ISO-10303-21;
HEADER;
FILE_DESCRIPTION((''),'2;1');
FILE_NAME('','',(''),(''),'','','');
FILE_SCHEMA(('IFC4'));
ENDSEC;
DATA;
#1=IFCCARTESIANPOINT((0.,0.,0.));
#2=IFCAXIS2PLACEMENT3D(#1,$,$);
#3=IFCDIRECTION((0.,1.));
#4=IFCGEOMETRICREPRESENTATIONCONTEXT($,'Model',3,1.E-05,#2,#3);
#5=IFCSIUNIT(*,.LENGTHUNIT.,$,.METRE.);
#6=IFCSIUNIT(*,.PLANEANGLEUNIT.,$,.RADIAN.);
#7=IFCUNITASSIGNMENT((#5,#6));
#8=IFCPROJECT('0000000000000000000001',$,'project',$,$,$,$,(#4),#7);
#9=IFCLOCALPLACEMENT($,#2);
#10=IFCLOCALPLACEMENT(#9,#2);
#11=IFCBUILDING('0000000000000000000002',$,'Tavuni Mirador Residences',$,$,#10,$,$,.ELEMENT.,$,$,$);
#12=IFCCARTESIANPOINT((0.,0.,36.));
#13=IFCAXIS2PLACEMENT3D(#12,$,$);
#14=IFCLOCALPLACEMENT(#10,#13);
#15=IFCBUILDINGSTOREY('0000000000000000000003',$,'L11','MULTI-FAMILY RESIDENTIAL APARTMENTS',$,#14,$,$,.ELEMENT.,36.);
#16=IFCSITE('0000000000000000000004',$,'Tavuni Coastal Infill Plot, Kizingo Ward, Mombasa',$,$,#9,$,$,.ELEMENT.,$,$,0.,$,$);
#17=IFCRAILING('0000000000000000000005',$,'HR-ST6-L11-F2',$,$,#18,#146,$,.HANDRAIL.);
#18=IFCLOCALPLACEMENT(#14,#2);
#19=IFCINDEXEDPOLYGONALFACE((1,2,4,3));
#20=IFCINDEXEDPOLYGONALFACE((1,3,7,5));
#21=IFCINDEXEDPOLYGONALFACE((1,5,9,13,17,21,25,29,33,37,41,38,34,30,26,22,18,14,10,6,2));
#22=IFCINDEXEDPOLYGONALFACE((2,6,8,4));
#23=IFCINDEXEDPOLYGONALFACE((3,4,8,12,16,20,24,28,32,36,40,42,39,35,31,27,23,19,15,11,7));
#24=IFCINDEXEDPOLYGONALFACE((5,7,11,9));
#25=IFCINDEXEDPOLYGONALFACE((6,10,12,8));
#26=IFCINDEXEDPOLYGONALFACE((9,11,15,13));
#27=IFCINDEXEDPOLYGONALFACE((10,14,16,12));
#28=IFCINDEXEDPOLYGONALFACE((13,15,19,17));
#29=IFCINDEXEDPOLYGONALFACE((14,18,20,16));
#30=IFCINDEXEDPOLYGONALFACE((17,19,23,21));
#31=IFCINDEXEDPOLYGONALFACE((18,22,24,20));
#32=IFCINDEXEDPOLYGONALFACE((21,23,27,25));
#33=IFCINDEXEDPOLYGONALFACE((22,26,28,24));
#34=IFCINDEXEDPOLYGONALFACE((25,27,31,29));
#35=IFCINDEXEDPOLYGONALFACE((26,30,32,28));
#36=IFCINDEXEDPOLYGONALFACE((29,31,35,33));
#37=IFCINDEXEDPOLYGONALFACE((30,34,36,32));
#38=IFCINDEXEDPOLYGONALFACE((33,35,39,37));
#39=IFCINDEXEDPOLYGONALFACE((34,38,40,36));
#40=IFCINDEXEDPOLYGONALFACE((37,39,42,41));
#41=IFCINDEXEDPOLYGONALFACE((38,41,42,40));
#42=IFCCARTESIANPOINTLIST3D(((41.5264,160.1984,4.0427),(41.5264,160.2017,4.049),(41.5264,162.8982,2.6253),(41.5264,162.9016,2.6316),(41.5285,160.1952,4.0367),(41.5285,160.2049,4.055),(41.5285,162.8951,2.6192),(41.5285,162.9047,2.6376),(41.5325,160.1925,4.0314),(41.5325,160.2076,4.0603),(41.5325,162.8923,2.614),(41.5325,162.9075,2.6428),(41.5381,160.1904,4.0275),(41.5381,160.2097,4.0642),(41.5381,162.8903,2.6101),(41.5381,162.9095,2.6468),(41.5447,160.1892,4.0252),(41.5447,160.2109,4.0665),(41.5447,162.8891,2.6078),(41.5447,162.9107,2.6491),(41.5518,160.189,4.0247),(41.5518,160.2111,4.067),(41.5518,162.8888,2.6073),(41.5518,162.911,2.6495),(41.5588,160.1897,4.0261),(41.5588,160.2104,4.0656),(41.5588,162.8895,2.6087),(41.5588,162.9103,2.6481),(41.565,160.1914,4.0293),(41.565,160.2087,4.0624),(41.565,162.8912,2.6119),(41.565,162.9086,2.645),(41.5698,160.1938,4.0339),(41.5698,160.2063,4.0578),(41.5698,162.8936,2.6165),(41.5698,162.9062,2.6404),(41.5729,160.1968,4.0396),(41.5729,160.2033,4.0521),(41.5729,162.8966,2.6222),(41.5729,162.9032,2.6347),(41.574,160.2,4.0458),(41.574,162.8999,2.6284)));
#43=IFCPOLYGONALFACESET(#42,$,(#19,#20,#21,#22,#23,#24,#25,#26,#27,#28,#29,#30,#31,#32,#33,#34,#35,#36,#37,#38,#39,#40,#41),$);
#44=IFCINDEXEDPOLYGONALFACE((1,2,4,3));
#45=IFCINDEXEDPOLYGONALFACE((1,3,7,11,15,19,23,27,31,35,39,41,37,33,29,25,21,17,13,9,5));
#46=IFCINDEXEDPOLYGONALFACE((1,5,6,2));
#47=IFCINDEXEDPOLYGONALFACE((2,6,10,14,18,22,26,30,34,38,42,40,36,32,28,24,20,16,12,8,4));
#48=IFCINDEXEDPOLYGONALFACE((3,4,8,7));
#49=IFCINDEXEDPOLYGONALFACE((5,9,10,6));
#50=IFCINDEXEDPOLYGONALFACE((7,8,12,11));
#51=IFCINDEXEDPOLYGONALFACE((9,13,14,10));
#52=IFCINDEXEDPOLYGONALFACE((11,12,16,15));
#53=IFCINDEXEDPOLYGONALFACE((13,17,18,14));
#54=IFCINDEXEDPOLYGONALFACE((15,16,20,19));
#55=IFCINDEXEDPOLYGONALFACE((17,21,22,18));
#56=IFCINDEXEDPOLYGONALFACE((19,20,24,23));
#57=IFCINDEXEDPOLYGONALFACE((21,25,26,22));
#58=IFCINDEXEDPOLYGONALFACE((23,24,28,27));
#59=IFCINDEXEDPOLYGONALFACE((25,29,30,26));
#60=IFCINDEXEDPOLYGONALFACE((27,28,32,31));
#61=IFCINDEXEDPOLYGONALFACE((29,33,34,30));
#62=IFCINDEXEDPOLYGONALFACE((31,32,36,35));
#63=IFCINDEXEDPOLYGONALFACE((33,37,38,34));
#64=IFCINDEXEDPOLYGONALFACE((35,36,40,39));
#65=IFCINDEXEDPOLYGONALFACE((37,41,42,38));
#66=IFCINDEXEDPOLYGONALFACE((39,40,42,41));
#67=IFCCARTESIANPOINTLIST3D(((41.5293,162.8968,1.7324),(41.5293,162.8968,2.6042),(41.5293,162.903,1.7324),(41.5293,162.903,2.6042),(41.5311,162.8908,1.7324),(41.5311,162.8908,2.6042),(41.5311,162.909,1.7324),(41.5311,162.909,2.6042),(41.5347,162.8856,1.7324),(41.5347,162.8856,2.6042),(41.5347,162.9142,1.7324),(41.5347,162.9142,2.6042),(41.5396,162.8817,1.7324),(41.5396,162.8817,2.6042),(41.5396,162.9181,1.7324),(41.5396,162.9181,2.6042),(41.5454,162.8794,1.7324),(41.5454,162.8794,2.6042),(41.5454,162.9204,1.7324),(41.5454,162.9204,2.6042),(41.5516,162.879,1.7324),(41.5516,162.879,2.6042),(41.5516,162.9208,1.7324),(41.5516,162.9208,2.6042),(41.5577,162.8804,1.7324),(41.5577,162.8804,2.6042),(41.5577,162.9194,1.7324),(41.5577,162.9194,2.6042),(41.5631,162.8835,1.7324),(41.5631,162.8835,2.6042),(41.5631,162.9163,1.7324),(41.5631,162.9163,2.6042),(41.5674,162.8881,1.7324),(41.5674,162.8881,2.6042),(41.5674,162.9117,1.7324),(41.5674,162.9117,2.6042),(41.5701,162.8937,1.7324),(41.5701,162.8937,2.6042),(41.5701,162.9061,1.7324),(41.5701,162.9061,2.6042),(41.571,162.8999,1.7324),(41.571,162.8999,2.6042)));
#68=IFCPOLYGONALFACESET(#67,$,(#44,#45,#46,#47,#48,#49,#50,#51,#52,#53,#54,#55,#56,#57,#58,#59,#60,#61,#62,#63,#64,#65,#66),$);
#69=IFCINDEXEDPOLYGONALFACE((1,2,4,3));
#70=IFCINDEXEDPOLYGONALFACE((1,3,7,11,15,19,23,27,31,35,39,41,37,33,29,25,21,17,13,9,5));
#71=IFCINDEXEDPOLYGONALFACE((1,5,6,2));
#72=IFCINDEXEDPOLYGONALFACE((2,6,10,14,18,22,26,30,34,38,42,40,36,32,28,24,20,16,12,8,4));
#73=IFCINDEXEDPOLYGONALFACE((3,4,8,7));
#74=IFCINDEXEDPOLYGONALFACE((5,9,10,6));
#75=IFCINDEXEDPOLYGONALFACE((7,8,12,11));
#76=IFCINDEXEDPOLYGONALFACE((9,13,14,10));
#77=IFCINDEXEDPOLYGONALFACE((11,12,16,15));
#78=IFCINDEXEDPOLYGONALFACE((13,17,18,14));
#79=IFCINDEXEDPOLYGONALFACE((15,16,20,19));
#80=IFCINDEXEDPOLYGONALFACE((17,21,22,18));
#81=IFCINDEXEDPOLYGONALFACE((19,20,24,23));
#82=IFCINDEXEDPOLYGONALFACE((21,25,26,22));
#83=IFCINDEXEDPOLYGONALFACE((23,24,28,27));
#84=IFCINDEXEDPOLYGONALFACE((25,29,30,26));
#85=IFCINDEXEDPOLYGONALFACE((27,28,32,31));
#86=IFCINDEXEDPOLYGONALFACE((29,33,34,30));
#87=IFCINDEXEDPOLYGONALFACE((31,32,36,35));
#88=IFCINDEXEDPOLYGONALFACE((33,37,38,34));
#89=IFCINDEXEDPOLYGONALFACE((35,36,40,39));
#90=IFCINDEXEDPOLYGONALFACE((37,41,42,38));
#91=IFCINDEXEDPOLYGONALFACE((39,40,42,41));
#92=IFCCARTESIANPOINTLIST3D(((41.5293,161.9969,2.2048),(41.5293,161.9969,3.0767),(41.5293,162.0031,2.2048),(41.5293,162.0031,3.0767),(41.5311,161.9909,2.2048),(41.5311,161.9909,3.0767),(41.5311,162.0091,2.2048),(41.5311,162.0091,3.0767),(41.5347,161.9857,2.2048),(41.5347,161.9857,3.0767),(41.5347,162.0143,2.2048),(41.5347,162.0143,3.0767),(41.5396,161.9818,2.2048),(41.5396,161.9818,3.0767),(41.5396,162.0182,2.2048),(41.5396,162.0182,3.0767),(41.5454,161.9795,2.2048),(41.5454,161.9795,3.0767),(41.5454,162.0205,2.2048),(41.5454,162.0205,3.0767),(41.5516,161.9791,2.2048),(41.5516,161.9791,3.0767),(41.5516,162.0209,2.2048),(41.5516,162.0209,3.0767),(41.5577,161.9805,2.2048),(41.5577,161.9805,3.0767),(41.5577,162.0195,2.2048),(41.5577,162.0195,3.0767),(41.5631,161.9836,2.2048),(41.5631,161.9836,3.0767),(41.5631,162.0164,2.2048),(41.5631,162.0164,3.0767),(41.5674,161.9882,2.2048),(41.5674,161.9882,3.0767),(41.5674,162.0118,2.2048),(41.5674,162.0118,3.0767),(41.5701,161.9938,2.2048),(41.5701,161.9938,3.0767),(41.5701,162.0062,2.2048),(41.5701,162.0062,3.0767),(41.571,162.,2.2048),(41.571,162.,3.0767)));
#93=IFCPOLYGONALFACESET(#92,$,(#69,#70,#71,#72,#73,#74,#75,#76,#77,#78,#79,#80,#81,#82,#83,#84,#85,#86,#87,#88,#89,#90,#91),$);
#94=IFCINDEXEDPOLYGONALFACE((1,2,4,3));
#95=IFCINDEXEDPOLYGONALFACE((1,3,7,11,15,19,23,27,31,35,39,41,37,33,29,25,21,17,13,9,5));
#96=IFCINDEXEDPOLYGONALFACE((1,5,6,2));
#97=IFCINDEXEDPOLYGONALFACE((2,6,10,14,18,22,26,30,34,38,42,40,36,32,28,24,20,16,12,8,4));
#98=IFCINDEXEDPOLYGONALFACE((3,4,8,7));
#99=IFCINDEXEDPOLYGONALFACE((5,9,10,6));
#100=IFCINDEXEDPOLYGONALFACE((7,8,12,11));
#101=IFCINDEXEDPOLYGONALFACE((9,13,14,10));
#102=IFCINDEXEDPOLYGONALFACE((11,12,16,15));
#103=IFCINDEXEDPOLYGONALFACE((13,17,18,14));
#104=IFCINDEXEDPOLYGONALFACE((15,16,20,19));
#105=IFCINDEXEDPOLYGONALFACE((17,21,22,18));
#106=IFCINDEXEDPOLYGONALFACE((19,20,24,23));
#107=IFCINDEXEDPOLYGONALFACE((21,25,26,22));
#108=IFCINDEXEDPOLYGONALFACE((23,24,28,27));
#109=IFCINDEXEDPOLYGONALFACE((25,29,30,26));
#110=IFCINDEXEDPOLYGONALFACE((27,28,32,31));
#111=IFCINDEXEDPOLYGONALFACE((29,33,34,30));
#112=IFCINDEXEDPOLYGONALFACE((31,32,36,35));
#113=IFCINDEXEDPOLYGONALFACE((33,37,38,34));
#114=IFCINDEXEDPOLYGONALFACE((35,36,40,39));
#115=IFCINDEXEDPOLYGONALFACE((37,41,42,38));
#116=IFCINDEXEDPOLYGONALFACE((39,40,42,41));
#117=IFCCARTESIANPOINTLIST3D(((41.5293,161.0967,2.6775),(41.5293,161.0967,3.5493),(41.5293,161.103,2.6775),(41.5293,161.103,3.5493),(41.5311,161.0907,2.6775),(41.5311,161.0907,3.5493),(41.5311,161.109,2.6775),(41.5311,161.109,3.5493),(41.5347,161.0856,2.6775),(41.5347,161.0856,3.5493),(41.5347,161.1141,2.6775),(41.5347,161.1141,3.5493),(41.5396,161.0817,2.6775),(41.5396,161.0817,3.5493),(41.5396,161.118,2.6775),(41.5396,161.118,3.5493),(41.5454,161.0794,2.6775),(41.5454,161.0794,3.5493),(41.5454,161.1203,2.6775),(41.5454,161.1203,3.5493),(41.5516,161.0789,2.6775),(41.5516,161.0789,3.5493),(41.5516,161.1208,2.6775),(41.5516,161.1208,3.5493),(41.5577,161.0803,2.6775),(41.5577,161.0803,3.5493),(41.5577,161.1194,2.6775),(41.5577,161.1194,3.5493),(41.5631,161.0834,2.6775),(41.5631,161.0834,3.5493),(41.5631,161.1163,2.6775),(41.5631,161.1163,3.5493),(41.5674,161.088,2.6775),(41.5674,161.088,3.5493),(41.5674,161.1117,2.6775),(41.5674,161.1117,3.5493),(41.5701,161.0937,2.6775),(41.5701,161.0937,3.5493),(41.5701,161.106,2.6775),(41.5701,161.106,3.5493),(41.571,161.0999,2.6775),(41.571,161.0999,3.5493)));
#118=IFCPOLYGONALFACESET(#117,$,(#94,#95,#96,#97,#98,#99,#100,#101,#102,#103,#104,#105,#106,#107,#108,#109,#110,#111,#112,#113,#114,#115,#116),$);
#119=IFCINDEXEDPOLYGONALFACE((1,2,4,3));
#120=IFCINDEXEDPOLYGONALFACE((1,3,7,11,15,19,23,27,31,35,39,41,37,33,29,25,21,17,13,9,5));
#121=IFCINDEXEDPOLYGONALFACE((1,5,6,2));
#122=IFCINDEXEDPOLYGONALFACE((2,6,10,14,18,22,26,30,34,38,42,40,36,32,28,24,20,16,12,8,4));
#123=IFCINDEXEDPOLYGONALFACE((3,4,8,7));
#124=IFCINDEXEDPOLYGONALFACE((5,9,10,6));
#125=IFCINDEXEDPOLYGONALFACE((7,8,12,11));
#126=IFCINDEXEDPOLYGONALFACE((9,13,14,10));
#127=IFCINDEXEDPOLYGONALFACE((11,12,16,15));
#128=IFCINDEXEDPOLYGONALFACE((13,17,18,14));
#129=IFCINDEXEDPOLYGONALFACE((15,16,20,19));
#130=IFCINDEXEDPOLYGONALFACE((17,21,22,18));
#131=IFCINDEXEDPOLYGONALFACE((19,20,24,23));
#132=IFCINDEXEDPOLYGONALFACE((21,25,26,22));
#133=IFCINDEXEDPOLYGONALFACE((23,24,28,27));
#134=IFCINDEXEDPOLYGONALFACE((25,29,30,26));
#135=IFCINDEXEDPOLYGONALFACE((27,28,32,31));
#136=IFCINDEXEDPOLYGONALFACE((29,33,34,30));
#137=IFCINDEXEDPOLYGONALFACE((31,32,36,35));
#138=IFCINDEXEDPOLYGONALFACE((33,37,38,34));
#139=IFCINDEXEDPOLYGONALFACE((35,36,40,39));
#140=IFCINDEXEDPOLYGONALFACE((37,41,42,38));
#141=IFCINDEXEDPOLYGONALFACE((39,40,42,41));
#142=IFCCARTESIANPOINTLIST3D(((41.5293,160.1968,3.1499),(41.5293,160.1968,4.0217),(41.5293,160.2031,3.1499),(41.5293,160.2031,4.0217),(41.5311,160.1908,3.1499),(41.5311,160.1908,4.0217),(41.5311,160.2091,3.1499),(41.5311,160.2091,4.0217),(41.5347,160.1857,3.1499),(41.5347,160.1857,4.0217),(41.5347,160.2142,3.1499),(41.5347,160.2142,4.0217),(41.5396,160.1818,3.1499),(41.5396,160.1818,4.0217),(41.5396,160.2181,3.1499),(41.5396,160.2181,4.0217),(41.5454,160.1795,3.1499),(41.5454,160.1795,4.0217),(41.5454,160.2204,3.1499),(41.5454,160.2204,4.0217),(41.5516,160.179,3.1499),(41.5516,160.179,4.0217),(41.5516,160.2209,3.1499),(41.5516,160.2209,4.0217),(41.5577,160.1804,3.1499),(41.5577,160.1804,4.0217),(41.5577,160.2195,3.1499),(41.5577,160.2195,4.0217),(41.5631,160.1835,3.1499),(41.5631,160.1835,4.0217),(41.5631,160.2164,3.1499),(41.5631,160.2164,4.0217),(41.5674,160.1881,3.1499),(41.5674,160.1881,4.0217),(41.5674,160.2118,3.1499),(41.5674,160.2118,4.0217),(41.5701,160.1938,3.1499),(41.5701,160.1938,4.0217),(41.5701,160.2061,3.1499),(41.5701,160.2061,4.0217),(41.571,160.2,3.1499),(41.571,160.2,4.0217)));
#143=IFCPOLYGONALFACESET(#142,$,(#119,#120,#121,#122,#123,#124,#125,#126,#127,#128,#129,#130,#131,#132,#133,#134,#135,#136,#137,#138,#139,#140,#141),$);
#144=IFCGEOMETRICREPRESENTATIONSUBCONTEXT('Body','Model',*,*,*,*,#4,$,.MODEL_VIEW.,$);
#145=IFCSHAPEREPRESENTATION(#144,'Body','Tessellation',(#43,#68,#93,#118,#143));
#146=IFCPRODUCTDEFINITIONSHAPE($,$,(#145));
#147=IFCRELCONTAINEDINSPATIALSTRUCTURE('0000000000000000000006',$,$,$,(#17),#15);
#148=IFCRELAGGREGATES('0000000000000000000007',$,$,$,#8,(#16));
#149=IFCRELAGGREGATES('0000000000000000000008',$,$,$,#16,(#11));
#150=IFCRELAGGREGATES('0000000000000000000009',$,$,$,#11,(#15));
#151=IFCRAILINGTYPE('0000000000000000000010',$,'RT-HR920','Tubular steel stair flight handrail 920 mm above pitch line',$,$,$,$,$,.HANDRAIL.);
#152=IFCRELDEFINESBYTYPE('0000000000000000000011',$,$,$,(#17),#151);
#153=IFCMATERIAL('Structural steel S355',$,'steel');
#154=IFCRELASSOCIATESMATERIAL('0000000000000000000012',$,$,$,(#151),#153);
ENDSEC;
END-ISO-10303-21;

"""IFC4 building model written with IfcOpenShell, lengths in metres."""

from ifc_helpers import new_model, si_unit, direction, frame, origin, origin_2d, place, context, subcontext, project, spatial, circle, extrude, material, type_object, element, save


model = new_model("IFC4")

# Units and contexts
model_context = context("Model", 3, precision=1e-05, world=origin(), true_north=direction((0.0, 1.0)))
body_context = subcontext(model_context, "Body", "Model", "MODEL_VIEW")
ifc_project = project(units=[si_unit("LENGTHUNIT", "METRE"), si_unit("PLANEANGLEUNIT", "RADIAN")], contexts=[model_context])

# Site, building, storey
site_placement = place(None, origin())
site = spatial("IfcSite", under=ifc_project, at=site_placement, Name="Tavuni Coastal Infill Plot, Kizingo Ward, Mombasa", CompositionType="ELEMENT", RefElevation=0.0)
building_placement = place(site_placement, origin())
building = spatial("IfcBuilding", under=site, at=building_placement, Name="Tavuni Mirador Residences", CompositionType="ELEMENT")
storey_placement = place(building_placement, frame((0.0, 0.0, 36.0)))
storey = spatial("IfcBuildingStorey", under=building, at=storey_placement, Name="L11", Description="MULTI-FAMILY RESIDENTIAL APARTMENTS", CompositionType="ELEMENT", Elevation=36.0)

# Railing
ifc_material_1 = material(Name="Structural steel S355", Category="steel")
railing_type_1 = type_object("IfcRailingType", Name="RT-HR920", Description="Tubular steel stair flight handrail 920 mm above pitch line", PredefinedType="HANDRAIL", material=ifc_material_1)
railing_1_placement = place(storey_placement, frame((41.55, 162.8999, 1.7324)))
element("IfcRailing", 1, at=railing_1_placement, inside=storey, type_object=railing_type_1, Name="HR-ST6-L11-F2", PredefinedType="HANDRAIL", context=body_context, shape_type="SweptSolid", body=[
    extrude(circle(Radius=0.0239, at=origin_2d()), frame((0.0, 0.0, 0.896), z_axis=(0.0, -0.885397, 0.464835), x_axis=(1.0, 0.0, 0.0)), (0.0, 0.0, 1.0), 3.0493),
    extrude(circle(Radius=0.021, at=origin_2d()), origin(), (0.0, 0.0, 1.0), 0.8718),
    extrude(circle(Radius=0.021, at=origin_2d()), frame((0.0, -0.8999, 0.4724)), (0.0, 0.0, 1.0), 0.8718),
    extrude(circle(Radius=0.021, at=origin_2d()), frame((0.0, -1.8, 0.9451)), (0.0, 0.0, 1.0), 0.8718),
    extrude(circle(Radius=0.021, at=origin_2d()), frame((0.0, -2.7, 1.4175)), (0.0, 0.0, 1.0), 0.8718),
])

save(model, "model.ifc")
